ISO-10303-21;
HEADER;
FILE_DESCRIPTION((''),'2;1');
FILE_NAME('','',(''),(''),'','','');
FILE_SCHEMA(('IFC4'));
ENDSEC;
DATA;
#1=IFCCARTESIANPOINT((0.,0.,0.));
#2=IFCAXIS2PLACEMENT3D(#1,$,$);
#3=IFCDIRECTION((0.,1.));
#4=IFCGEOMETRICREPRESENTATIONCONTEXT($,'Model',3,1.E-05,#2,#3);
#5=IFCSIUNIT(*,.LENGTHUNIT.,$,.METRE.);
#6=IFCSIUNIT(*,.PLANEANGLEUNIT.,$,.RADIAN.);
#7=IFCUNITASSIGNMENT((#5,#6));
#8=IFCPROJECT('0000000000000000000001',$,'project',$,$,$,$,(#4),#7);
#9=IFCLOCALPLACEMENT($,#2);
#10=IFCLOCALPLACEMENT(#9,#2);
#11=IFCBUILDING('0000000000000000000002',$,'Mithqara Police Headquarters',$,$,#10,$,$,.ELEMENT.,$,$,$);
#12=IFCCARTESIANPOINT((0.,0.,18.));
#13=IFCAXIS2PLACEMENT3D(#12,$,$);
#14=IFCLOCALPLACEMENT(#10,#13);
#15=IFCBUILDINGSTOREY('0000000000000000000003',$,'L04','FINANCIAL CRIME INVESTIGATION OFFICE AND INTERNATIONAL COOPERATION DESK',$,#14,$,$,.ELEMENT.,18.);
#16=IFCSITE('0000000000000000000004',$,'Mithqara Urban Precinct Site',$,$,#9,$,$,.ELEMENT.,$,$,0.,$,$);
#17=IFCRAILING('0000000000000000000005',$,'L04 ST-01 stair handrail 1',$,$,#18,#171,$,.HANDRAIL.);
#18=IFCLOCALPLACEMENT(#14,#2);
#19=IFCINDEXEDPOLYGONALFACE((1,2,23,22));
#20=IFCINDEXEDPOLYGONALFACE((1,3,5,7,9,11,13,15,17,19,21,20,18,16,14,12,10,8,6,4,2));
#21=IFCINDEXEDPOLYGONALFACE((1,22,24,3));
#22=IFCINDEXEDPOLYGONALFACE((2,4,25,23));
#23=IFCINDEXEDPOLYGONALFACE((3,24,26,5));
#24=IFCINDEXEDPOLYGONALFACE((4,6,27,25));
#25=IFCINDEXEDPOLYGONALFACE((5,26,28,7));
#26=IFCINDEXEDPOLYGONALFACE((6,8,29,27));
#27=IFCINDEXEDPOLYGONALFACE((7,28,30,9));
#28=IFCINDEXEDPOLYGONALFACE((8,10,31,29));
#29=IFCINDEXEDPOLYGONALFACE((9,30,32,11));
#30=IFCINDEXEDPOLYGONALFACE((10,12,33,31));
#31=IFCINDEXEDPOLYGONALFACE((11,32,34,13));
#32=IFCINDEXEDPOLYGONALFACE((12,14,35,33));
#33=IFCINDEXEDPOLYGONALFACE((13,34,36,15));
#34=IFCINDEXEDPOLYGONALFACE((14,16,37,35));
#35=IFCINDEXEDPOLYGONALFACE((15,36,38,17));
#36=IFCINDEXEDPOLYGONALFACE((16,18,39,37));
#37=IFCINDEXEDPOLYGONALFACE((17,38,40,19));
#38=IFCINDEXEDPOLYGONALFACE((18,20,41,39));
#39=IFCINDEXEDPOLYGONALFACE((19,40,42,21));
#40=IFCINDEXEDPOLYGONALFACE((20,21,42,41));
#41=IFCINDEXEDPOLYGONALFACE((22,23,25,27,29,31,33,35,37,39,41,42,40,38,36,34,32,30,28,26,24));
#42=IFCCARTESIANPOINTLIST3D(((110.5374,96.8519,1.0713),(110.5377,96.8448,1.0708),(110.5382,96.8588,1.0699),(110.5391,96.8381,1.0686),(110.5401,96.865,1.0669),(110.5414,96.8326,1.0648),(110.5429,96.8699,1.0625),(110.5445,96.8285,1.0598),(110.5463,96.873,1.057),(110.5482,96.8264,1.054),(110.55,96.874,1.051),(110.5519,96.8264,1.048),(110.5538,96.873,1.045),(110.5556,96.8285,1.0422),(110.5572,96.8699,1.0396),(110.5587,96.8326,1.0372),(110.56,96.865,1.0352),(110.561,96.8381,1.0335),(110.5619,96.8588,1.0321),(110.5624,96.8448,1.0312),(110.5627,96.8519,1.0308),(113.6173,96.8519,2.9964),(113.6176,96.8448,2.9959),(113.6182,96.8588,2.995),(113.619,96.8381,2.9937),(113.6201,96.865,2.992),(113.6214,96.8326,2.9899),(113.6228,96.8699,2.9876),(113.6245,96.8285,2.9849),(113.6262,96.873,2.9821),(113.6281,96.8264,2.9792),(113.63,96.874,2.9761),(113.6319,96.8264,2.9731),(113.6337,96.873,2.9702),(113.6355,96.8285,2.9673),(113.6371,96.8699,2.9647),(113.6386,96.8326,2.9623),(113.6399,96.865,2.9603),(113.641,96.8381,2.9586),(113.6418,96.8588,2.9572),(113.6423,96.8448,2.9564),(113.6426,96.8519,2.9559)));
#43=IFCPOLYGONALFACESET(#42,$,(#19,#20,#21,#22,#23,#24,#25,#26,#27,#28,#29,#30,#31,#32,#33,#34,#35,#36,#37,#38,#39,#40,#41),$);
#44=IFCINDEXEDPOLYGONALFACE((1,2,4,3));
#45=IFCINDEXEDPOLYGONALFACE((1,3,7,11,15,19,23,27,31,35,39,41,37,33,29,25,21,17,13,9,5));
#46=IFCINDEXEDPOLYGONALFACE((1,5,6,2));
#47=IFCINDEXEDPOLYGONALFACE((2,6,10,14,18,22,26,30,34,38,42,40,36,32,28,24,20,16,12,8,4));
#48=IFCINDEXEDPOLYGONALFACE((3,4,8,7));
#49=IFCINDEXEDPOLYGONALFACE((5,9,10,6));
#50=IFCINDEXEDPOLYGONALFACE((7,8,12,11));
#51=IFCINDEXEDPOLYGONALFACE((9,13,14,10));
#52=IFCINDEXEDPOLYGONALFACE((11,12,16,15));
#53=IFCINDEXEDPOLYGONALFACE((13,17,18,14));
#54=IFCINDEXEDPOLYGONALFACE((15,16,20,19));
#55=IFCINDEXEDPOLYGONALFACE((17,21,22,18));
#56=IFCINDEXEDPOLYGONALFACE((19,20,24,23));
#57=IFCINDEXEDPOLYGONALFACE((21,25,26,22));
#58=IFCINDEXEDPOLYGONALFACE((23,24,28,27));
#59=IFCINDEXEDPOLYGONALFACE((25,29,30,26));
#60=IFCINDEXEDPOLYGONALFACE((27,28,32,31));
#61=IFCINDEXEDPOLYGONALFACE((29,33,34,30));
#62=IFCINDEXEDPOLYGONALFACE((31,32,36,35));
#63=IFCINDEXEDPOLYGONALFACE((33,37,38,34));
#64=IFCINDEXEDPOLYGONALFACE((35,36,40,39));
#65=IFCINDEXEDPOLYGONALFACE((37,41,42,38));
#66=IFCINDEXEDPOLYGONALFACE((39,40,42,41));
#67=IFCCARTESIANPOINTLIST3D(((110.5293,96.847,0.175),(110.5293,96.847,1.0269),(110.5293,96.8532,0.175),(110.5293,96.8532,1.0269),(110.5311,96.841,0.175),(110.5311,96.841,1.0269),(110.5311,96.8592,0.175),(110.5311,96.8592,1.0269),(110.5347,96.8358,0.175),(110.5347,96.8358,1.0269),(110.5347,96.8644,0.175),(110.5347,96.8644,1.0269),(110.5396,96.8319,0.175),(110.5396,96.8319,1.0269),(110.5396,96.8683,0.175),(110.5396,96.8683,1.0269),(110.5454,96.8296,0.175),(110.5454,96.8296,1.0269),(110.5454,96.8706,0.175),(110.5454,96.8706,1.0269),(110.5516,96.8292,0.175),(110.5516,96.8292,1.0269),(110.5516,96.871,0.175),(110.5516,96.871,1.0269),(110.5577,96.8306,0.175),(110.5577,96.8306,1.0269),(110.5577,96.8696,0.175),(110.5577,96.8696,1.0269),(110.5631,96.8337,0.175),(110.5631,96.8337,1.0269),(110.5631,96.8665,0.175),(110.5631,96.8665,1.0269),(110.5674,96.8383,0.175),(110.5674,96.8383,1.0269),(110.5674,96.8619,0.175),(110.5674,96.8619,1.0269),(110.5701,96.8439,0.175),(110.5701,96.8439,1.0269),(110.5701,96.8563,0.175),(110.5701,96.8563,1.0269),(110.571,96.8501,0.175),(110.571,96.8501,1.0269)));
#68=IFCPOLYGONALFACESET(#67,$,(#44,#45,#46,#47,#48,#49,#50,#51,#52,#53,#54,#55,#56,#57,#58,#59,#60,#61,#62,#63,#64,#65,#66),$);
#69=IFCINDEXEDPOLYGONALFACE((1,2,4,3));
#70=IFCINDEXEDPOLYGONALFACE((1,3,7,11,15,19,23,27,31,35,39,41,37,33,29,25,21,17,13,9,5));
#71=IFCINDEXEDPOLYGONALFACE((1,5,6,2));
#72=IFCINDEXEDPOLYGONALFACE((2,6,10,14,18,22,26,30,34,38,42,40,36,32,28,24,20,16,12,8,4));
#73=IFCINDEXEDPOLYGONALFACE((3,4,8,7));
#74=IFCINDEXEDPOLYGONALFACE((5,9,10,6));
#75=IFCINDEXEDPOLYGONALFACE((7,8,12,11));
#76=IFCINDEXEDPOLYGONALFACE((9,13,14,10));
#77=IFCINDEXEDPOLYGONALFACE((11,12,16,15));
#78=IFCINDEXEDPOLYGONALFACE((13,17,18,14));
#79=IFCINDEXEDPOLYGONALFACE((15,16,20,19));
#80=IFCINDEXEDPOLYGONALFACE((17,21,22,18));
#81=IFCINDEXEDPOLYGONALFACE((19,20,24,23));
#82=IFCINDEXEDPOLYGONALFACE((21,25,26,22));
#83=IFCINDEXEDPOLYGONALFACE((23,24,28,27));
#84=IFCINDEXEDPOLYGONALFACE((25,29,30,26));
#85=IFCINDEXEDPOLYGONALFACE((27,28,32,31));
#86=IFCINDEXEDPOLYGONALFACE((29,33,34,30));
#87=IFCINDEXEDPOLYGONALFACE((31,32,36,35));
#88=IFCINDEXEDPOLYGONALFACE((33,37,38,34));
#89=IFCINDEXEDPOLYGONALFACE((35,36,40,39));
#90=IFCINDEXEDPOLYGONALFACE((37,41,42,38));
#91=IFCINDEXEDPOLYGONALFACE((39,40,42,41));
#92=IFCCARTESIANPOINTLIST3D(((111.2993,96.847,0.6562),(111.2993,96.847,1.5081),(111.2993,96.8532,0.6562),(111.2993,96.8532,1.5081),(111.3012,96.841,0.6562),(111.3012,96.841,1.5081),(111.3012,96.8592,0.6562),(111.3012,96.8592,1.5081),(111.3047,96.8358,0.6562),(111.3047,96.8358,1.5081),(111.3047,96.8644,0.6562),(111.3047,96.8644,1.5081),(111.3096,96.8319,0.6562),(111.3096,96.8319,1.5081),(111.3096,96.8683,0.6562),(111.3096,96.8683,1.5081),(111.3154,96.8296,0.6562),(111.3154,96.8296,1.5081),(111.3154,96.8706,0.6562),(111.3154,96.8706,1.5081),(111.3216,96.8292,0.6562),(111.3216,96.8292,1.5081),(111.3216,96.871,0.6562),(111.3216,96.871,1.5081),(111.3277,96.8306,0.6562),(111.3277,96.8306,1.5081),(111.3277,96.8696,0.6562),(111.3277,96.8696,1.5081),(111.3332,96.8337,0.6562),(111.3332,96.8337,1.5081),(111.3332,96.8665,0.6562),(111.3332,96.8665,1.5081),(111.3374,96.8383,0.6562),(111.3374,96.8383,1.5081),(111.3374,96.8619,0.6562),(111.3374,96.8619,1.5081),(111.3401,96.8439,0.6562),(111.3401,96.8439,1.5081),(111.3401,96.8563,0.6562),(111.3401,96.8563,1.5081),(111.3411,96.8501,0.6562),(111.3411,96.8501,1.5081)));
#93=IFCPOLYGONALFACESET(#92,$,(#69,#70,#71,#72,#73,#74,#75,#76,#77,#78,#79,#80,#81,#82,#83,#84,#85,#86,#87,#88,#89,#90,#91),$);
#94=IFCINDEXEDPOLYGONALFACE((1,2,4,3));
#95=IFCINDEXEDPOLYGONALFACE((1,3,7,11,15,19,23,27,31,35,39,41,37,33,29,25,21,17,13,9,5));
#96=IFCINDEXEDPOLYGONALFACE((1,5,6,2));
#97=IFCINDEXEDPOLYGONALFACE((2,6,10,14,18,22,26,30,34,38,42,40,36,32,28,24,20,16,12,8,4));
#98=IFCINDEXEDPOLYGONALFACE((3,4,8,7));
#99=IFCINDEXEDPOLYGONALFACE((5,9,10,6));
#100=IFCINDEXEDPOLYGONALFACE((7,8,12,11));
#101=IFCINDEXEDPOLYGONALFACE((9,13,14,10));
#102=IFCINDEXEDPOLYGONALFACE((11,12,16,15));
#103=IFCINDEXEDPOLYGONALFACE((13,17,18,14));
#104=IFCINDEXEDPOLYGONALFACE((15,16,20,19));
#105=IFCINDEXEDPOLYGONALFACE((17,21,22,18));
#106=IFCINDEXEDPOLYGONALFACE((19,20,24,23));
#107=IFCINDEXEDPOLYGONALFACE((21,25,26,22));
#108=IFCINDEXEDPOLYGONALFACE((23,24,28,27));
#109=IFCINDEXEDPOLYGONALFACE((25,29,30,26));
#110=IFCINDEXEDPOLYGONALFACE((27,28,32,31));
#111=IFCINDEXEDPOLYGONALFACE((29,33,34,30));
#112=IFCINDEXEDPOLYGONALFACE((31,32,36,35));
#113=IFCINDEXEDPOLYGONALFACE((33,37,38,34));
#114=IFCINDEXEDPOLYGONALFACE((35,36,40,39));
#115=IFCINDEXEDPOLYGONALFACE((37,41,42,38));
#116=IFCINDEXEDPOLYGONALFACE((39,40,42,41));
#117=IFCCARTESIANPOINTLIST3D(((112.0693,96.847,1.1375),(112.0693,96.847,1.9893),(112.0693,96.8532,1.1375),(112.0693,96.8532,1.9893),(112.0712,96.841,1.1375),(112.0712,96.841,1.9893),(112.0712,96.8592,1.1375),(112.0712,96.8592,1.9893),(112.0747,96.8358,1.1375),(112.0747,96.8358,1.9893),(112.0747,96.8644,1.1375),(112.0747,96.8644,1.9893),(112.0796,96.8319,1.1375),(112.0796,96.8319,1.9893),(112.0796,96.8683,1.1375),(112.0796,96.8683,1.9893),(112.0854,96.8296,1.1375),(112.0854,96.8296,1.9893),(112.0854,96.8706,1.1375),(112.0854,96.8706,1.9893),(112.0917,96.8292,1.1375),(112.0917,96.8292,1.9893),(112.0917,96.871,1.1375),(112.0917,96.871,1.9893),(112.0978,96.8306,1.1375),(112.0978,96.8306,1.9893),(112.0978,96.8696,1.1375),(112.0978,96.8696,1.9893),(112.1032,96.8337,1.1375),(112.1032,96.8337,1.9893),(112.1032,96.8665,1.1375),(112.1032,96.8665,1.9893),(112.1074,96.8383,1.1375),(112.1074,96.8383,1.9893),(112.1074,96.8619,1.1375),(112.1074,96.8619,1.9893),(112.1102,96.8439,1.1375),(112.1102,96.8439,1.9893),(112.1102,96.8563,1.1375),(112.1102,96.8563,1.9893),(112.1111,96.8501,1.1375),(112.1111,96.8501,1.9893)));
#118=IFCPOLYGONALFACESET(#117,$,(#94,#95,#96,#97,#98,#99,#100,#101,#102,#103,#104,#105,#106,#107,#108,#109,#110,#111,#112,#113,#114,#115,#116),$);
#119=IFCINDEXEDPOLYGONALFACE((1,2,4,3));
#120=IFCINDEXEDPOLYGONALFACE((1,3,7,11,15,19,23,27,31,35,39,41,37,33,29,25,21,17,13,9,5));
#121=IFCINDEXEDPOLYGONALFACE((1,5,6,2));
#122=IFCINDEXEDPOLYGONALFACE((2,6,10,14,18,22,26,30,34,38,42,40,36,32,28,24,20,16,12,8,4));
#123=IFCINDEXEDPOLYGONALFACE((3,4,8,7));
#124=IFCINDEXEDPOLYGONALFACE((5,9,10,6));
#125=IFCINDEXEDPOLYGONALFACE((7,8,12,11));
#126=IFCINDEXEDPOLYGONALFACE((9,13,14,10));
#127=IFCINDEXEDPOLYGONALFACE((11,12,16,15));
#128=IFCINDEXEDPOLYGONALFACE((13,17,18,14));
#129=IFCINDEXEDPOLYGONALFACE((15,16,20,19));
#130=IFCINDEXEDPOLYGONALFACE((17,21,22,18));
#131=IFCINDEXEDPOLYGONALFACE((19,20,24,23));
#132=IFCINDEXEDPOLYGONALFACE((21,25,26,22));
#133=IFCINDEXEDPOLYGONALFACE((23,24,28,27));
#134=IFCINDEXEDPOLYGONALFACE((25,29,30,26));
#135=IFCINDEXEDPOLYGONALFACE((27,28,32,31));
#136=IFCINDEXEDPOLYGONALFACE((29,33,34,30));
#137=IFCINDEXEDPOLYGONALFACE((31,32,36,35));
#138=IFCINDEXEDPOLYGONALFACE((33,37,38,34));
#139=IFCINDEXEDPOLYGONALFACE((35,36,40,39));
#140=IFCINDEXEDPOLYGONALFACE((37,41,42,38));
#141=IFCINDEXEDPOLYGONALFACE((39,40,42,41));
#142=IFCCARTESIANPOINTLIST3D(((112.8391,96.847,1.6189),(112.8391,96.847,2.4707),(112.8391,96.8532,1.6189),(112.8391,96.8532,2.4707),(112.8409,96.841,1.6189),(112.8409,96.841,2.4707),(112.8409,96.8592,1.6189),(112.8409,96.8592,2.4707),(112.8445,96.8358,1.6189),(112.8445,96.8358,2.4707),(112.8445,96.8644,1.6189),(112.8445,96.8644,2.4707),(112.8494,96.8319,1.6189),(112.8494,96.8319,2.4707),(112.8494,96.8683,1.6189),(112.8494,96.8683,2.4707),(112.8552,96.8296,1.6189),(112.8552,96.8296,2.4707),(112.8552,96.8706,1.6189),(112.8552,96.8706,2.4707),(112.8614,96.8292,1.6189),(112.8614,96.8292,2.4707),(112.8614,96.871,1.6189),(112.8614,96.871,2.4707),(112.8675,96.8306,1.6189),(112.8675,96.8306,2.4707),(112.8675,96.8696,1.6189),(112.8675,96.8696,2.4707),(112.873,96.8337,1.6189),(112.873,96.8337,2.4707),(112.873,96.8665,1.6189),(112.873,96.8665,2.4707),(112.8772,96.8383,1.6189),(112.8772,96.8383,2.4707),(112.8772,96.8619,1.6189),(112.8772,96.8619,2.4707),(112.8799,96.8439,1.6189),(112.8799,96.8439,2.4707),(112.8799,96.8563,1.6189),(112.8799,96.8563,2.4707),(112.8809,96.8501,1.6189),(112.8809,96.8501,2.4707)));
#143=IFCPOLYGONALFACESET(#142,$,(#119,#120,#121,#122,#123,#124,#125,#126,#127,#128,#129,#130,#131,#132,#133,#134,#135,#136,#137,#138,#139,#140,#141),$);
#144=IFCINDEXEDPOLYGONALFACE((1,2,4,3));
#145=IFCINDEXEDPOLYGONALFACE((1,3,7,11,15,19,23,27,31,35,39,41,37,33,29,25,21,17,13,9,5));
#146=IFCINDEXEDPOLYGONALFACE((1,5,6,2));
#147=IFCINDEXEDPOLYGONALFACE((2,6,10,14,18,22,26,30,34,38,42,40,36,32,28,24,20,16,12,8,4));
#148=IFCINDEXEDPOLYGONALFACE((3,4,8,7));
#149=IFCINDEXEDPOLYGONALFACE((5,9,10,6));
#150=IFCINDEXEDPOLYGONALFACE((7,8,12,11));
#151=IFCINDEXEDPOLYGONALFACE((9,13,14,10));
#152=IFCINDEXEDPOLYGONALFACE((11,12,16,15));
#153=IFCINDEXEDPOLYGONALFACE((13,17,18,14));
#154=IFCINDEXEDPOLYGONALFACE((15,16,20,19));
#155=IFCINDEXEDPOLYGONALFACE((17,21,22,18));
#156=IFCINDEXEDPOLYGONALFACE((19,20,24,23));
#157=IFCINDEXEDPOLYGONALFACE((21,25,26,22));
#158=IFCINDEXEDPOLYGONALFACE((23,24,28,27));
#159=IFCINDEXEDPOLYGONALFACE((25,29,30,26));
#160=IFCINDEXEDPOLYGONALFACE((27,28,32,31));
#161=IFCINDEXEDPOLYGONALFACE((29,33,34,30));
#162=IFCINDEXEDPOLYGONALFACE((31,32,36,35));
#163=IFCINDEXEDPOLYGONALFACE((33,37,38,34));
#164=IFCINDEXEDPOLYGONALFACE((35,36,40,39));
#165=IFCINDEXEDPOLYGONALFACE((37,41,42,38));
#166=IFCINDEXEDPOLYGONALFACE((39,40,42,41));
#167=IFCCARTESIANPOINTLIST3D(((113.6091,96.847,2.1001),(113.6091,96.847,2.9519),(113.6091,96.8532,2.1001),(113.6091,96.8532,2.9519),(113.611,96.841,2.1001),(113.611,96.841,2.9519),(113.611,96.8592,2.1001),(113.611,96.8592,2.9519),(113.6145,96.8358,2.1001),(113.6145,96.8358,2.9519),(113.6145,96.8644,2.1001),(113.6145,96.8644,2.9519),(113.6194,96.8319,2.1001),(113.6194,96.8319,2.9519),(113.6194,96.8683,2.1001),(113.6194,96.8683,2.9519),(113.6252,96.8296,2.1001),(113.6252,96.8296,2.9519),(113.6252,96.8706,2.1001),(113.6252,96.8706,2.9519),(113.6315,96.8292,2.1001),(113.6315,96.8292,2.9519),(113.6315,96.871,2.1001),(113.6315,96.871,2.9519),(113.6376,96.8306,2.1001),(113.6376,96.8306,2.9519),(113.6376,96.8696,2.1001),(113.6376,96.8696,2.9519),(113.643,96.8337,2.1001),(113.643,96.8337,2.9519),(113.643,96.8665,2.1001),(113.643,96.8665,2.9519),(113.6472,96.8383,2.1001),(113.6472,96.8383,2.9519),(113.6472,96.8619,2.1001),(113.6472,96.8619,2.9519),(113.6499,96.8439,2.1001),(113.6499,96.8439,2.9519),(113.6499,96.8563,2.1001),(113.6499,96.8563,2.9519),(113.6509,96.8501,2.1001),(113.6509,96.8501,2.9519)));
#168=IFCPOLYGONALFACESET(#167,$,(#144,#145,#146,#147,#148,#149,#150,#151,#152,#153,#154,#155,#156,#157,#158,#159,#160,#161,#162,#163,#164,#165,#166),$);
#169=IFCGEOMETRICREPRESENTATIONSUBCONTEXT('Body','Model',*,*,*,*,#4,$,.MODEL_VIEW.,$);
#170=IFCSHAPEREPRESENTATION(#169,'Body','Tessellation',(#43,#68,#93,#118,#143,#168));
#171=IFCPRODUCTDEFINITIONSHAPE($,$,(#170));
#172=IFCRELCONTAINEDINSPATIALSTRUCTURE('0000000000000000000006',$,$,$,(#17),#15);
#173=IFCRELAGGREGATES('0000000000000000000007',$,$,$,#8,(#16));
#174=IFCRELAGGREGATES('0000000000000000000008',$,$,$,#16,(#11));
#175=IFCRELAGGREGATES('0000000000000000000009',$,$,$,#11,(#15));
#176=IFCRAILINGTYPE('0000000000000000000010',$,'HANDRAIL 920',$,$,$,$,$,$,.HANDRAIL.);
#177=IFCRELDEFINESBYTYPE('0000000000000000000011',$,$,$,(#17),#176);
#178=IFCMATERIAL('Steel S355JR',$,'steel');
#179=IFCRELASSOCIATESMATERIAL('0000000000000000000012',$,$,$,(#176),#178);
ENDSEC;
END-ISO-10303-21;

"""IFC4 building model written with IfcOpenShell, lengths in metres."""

from ifc_helpers import new_model, si_unit, direction, frame, origin, origin_2d, place, context, subcontext, project, spatial, circle, extrude, material, type_object, element, save


model = new_model("IFC4")

# Units and contexts
model_context = context("Model", 3, precision=1e-05, world=origin(), true_north=direction((0.0, 1.0)))
body_context = subcontext(model_context, "Body", "Model", "MODEL_VIEW")
ifc_project = project(units=[si_unit("LENGTHUNIT", "METRE"), si_unit("PLANEANGLEUNIT", "RADIAN")], contexts=[model_context])

# Site, building, storey
site_placement = place(None, origin())
site = spatial("IfcSite", under=ifc_project, at=site_placement, Name="Mithqara Urban Precinct Site", CompositionType="ELEMENT", RefElevation=0.0)
building_placement = place(site_placement, origin())
building = spatial("IfcBuilding", under=site, at=building_placement, Name="Mithqara Police Headquarters", CompositionType="ELEMENT")
storey_placement = place(building_placement, frame((0.0, 0.0, 18.0)))
storey = spatial("IfcBuildingStorey", under=building, at=storey_placement, Name="L04", Description="FINANCIAL CRIME INVESTIGATION OFFICE AND INTERNATIONAL COOPERATION DESK", CompositionType="ELEMENT", Elevation=18.0)

# Shared definitions
ifc_material_1 = material(Name="Steel S355JR", Category="steel")

# Railing
railing_type_1 = type_object("IfcRailingType", Name="HANDRAIL 920", PredefinedType="HANDRAIL", material=ifc_material_1)
railing_1_placement = place(storey_placement, frame((110.55, 96.8501, 0.175)))
element("IfcRailing", 1, at=railing_1_placement, inside=storey, type_object=railing_type_1, Name="L04 ST-01 stair handrail 1", PredefinedType="HANDRAIL", context=body_context, shape_type="SweptSolid", body=[
    extrude(circle(Radius=0.0239, at=origin_2d()), frame((0.0, 0.0, 0.876), z_axis=(0.847979, 0.0, 0.530029), x_axis=(0.0, 1.0, 0.0)), (0.0, 0.0, 1.0), 3.6321),
    extrude(circle(Radius=0.021, at=origin_2d()), origin(), (0.0, 0.0, 1.0), 0.8518),
    extrude(circle(Radius=0.021, at=origin_2d()), frame((0.77, 0.0, 0.4812)), (0.0, 0.0, 1.0), 0.8518),
    extrude(circle(Radius=0.021, at=origin_2d()), frame((1.54, 0.0, 0.9624)), (0.0, 0.0, 1.0), 0.8518),
    extrude(circle(Radius=0.021, at=origin_2d()), frame((2.3098, 0.0, 1.4438)), (0.0, 0.0, 1.0), 0.8518),
    extrude(circle(Radius=0.021, at=origin_2d()), frame((3.0798, 0.0, 1.925)), (0.0, 0.0, 1.0), 0.8518),
])

save(model, "model.ifc")
